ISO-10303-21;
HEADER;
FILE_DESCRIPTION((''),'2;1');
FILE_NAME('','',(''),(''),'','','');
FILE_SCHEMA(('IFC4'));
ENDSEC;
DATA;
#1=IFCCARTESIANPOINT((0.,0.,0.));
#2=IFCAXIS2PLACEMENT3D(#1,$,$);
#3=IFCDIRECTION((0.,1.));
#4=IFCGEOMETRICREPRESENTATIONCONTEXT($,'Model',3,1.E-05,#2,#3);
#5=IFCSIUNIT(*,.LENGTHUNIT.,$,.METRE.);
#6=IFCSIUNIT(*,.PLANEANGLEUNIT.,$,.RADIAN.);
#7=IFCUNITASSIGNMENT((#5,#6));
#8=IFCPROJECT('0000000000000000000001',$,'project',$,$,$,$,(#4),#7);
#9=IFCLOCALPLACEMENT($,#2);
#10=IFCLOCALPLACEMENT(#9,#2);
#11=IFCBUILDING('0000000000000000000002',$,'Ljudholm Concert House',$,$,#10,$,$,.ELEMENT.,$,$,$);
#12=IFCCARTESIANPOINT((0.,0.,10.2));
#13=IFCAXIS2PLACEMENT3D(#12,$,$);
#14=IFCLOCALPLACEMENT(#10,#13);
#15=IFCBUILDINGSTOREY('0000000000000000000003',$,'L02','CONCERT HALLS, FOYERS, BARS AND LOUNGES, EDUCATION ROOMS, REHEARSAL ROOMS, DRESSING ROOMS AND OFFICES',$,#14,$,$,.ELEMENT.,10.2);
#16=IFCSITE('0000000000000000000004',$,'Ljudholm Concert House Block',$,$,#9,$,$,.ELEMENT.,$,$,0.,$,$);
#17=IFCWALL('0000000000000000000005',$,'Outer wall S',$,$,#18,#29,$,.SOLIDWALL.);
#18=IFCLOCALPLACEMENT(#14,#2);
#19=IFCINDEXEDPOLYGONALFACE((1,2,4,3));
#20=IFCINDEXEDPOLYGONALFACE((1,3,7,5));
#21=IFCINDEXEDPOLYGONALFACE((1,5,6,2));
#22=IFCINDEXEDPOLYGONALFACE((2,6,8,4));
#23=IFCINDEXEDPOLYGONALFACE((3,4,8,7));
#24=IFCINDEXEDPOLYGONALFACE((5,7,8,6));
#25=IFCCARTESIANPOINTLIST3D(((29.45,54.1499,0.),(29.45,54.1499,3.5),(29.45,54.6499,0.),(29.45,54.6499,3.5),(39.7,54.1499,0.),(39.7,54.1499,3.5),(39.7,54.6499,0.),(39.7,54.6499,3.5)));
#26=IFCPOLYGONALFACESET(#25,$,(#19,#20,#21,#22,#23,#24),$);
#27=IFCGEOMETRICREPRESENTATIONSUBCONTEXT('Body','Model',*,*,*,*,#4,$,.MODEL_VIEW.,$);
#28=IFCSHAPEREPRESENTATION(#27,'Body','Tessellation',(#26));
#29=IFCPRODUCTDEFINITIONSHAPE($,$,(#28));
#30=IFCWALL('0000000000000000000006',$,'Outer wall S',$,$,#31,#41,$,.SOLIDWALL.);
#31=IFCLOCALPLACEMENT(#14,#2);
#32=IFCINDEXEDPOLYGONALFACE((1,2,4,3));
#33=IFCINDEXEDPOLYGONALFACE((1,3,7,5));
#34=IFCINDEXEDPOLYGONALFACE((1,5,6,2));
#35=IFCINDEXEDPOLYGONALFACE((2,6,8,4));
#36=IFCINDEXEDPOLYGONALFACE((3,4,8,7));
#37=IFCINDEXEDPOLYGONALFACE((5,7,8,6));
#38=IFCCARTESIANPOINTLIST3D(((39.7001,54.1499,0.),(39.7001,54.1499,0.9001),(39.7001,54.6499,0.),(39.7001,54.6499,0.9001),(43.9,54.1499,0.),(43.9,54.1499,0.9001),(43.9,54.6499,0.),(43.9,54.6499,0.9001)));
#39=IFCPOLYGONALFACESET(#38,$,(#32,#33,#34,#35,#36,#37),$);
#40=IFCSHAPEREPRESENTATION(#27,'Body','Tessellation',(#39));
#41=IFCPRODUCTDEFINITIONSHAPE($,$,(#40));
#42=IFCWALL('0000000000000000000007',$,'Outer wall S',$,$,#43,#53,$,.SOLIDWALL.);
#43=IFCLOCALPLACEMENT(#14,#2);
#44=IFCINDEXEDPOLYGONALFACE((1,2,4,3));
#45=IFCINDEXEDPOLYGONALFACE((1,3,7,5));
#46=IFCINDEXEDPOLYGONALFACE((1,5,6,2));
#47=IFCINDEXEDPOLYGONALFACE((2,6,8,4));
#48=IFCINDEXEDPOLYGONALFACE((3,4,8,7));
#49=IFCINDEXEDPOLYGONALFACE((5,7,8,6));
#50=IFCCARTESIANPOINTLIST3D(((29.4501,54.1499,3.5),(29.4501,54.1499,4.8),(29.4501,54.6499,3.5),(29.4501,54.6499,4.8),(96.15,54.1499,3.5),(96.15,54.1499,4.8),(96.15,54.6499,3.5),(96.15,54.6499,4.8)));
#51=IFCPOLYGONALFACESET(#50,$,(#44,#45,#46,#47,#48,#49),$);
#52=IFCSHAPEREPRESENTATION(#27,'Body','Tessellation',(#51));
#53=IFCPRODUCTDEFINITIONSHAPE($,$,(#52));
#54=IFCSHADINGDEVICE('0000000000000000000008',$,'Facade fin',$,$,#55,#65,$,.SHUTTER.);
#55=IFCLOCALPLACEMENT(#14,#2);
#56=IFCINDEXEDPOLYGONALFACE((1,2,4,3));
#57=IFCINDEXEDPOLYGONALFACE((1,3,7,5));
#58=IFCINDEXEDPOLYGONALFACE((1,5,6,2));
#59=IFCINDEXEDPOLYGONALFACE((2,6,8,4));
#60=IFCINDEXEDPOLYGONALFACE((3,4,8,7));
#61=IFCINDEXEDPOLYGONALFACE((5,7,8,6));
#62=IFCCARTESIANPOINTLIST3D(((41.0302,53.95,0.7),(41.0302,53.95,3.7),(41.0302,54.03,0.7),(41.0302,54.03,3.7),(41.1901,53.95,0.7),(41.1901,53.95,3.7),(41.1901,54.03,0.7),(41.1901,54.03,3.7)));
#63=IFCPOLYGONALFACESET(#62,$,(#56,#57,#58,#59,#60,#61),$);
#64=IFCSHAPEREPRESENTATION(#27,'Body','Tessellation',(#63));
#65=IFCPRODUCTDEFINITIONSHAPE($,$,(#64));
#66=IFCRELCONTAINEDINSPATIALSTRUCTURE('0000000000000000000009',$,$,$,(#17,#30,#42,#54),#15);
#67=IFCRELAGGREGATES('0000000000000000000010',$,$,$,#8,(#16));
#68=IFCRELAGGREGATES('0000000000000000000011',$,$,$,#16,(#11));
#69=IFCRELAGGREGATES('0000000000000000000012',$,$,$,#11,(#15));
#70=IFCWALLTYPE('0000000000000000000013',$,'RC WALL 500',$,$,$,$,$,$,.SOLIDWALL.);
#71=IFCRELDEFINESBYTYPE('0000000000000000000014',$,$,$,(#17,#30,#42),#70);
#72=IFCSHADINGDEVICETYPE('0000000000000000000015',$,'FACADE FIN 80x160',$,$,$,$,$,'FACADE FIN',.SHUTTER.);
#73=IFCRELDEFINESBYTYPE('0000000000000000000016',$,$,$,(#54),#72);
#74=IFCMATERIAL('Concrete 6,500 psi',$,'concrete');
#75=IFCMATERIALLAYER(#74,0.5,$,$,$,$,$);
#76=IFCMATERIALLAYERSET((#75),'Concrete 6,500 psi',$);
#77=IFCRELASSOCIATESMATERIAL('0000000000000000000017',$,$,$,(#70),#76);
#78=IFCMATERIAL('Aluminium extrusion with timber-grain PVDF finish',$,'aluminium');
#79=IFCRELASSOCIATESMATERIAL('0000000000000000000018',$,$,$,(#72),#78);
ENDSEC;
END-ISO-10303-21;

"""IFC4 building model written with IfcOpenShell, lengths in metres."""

from ifc_helpers import new_model, si_unit, direction, frame, frame_2d, origin, origin_2d, place, context, subcontext, project, spatial, rectangle, extrude, material, layer, layer_set, type_object, element, save


model = new_model("IFC4")

# Units and contexts
model_context = context("Model", 3, precision=1e-05, world=origin(), true_north=direction((0.0, 1.0)))
body_context = subcontext(model_context, "Body", "Model", "MODEL_VIEW")
ifc_project = project(units=[si_unit("LENGTHUNIT", "METRE"), si_unit("PLANEANGLEUNIT", "RADIAN")], contexts=[model_context])

# Site, building, storey
site_placement = place(None, origin())
site = spatial("IfcSite", under=ifc_project, at=site_placement, Name="Ljudholm Concert House Block", CompositionType="ELEMENT", RefElevation=0.0)
building_placement = place(site_placement, origin())
building = spatial("IfcBuilding", under=site, at=building_placement, Name="Ljudholm Concert House", CompositionType="ELEMENT")
storey_placement = place(building_placement, frame((0.0, 0.0, 10.2)))
storey = spatial("IfcBuildingStorey", under=building, at=storey_placement, Name="L02", Description="CONCERT HALLS, FOYERS, BARS AND LOUNGES, EDUCATION ROOMS, REHEARSAL ROOMS, DRESSING ROOMS AND OFFICES", CompositionType="ELEMENT", Elevation=10.2)

# Shared definitions
ifc_material_1 = material(Name="Concrete 6,500 psi", Category="concrete")
ifc_layer_1 = layer(ifc_material_1, 0.5)
ifc_layer_set_1 = layer_set([ifc_layer_1], Name="Concrete 6,500 psi")
wall_type_1 = type_object("IfcWallType", Name="RC WALL 500", PredefinedType="SOLIDWALL", material=ifc_layer_set_1)

# Walls
wall_1_placement = place(storey_placement, frame((29.45, 54.3999, 0.0), z_axis=(0.0, 0.0, 1.0), x_axis=(1.0, 0.0, 0.0)))
element("IfcWall", 1, at=wall_1_placement, inside=storey, type_object=wall_type_1, Name="Outer wall S", PredefinedType="SOLIDWALL", context=body_context, shape_type="SweptSolid", body=[
    extrude(rectangle(XDim=10.25, YDim=0.5, at=frame_2d((5.125, 0.0))), origin(), (0.0, 0.0, 1.0), 3.5),
])
wall_2_placement = place(storey_placement, frame((39.7, 54.3999, 0.0), z_axis=(0.0, 0.0, 1.0), x_axis=(1.0, 0.0, 0.0)))
element("IfcWall", 2, at=wall_2_placement, inside=storey, type_object=wall_type_1, Name="Outer wall S", PredefinedType="SOLIDWALL", context=body_context, shape_type="SweptSolid", body=[
    extrude(rectangle(XDim=4.2, YDim=0.5, at=frame_2d((2.1001, 0.0))), origin(), (0.0, 0.0, 1.0), 0.9001),
])
wall_3_placement = place(storey_placement, frame((29.45, 54.3999, 3.5), z_axis=(0.0, 0.0, 1.0), x_axis=(1.0, 0.0, 0.0)))
element("IfcWall", 3, at=wall_3_placement, inside=storey, type_object=wall_type_1, Name="Outer wall S", PredefinedType="SOLIDWALL", context=body_context, shape_type="SweptSolid", body=[
    extrude(rectangle(XDim=66.7, YDim=0.5, at=frame_2d((33.3501, 0.0))), origin(), (0.0, 0.0, 1.0), 1.3),
])

# Shading device
ifc_material_2 = material(Name="Aluminium extrusion with timber-grain PVDF finish", Category="aluminium")
shading_device_type = type_object("IfcShadingDeviceType", Name="FACADE FIN 80x160", ElementType="FACADE FIN", PredefinedType="SHUTTER", material=ifc_material_2)
shading_device_placement = place(storey_placement, frame((41.1101, 53.99, 0.7), z_axis=(0.0, 0.0, 1.0), x_axis=(0.0, -1.0, 0.0)))
element("IfcShadingDevice", 4, at=shading_device_placement, inside=storey, type_object=shading_device_type, Name="Facade fin", PredefinedType="SHUTTER", context=body_context, shape_type="SweptSolid", body=[
    extrude(rectangle(XDim=0.0801, YDim=0.1599, at=origin_2d()), origin(), (0.0, 0.0, 1.0), 3.0),
])

save(model, "model.ifc")
